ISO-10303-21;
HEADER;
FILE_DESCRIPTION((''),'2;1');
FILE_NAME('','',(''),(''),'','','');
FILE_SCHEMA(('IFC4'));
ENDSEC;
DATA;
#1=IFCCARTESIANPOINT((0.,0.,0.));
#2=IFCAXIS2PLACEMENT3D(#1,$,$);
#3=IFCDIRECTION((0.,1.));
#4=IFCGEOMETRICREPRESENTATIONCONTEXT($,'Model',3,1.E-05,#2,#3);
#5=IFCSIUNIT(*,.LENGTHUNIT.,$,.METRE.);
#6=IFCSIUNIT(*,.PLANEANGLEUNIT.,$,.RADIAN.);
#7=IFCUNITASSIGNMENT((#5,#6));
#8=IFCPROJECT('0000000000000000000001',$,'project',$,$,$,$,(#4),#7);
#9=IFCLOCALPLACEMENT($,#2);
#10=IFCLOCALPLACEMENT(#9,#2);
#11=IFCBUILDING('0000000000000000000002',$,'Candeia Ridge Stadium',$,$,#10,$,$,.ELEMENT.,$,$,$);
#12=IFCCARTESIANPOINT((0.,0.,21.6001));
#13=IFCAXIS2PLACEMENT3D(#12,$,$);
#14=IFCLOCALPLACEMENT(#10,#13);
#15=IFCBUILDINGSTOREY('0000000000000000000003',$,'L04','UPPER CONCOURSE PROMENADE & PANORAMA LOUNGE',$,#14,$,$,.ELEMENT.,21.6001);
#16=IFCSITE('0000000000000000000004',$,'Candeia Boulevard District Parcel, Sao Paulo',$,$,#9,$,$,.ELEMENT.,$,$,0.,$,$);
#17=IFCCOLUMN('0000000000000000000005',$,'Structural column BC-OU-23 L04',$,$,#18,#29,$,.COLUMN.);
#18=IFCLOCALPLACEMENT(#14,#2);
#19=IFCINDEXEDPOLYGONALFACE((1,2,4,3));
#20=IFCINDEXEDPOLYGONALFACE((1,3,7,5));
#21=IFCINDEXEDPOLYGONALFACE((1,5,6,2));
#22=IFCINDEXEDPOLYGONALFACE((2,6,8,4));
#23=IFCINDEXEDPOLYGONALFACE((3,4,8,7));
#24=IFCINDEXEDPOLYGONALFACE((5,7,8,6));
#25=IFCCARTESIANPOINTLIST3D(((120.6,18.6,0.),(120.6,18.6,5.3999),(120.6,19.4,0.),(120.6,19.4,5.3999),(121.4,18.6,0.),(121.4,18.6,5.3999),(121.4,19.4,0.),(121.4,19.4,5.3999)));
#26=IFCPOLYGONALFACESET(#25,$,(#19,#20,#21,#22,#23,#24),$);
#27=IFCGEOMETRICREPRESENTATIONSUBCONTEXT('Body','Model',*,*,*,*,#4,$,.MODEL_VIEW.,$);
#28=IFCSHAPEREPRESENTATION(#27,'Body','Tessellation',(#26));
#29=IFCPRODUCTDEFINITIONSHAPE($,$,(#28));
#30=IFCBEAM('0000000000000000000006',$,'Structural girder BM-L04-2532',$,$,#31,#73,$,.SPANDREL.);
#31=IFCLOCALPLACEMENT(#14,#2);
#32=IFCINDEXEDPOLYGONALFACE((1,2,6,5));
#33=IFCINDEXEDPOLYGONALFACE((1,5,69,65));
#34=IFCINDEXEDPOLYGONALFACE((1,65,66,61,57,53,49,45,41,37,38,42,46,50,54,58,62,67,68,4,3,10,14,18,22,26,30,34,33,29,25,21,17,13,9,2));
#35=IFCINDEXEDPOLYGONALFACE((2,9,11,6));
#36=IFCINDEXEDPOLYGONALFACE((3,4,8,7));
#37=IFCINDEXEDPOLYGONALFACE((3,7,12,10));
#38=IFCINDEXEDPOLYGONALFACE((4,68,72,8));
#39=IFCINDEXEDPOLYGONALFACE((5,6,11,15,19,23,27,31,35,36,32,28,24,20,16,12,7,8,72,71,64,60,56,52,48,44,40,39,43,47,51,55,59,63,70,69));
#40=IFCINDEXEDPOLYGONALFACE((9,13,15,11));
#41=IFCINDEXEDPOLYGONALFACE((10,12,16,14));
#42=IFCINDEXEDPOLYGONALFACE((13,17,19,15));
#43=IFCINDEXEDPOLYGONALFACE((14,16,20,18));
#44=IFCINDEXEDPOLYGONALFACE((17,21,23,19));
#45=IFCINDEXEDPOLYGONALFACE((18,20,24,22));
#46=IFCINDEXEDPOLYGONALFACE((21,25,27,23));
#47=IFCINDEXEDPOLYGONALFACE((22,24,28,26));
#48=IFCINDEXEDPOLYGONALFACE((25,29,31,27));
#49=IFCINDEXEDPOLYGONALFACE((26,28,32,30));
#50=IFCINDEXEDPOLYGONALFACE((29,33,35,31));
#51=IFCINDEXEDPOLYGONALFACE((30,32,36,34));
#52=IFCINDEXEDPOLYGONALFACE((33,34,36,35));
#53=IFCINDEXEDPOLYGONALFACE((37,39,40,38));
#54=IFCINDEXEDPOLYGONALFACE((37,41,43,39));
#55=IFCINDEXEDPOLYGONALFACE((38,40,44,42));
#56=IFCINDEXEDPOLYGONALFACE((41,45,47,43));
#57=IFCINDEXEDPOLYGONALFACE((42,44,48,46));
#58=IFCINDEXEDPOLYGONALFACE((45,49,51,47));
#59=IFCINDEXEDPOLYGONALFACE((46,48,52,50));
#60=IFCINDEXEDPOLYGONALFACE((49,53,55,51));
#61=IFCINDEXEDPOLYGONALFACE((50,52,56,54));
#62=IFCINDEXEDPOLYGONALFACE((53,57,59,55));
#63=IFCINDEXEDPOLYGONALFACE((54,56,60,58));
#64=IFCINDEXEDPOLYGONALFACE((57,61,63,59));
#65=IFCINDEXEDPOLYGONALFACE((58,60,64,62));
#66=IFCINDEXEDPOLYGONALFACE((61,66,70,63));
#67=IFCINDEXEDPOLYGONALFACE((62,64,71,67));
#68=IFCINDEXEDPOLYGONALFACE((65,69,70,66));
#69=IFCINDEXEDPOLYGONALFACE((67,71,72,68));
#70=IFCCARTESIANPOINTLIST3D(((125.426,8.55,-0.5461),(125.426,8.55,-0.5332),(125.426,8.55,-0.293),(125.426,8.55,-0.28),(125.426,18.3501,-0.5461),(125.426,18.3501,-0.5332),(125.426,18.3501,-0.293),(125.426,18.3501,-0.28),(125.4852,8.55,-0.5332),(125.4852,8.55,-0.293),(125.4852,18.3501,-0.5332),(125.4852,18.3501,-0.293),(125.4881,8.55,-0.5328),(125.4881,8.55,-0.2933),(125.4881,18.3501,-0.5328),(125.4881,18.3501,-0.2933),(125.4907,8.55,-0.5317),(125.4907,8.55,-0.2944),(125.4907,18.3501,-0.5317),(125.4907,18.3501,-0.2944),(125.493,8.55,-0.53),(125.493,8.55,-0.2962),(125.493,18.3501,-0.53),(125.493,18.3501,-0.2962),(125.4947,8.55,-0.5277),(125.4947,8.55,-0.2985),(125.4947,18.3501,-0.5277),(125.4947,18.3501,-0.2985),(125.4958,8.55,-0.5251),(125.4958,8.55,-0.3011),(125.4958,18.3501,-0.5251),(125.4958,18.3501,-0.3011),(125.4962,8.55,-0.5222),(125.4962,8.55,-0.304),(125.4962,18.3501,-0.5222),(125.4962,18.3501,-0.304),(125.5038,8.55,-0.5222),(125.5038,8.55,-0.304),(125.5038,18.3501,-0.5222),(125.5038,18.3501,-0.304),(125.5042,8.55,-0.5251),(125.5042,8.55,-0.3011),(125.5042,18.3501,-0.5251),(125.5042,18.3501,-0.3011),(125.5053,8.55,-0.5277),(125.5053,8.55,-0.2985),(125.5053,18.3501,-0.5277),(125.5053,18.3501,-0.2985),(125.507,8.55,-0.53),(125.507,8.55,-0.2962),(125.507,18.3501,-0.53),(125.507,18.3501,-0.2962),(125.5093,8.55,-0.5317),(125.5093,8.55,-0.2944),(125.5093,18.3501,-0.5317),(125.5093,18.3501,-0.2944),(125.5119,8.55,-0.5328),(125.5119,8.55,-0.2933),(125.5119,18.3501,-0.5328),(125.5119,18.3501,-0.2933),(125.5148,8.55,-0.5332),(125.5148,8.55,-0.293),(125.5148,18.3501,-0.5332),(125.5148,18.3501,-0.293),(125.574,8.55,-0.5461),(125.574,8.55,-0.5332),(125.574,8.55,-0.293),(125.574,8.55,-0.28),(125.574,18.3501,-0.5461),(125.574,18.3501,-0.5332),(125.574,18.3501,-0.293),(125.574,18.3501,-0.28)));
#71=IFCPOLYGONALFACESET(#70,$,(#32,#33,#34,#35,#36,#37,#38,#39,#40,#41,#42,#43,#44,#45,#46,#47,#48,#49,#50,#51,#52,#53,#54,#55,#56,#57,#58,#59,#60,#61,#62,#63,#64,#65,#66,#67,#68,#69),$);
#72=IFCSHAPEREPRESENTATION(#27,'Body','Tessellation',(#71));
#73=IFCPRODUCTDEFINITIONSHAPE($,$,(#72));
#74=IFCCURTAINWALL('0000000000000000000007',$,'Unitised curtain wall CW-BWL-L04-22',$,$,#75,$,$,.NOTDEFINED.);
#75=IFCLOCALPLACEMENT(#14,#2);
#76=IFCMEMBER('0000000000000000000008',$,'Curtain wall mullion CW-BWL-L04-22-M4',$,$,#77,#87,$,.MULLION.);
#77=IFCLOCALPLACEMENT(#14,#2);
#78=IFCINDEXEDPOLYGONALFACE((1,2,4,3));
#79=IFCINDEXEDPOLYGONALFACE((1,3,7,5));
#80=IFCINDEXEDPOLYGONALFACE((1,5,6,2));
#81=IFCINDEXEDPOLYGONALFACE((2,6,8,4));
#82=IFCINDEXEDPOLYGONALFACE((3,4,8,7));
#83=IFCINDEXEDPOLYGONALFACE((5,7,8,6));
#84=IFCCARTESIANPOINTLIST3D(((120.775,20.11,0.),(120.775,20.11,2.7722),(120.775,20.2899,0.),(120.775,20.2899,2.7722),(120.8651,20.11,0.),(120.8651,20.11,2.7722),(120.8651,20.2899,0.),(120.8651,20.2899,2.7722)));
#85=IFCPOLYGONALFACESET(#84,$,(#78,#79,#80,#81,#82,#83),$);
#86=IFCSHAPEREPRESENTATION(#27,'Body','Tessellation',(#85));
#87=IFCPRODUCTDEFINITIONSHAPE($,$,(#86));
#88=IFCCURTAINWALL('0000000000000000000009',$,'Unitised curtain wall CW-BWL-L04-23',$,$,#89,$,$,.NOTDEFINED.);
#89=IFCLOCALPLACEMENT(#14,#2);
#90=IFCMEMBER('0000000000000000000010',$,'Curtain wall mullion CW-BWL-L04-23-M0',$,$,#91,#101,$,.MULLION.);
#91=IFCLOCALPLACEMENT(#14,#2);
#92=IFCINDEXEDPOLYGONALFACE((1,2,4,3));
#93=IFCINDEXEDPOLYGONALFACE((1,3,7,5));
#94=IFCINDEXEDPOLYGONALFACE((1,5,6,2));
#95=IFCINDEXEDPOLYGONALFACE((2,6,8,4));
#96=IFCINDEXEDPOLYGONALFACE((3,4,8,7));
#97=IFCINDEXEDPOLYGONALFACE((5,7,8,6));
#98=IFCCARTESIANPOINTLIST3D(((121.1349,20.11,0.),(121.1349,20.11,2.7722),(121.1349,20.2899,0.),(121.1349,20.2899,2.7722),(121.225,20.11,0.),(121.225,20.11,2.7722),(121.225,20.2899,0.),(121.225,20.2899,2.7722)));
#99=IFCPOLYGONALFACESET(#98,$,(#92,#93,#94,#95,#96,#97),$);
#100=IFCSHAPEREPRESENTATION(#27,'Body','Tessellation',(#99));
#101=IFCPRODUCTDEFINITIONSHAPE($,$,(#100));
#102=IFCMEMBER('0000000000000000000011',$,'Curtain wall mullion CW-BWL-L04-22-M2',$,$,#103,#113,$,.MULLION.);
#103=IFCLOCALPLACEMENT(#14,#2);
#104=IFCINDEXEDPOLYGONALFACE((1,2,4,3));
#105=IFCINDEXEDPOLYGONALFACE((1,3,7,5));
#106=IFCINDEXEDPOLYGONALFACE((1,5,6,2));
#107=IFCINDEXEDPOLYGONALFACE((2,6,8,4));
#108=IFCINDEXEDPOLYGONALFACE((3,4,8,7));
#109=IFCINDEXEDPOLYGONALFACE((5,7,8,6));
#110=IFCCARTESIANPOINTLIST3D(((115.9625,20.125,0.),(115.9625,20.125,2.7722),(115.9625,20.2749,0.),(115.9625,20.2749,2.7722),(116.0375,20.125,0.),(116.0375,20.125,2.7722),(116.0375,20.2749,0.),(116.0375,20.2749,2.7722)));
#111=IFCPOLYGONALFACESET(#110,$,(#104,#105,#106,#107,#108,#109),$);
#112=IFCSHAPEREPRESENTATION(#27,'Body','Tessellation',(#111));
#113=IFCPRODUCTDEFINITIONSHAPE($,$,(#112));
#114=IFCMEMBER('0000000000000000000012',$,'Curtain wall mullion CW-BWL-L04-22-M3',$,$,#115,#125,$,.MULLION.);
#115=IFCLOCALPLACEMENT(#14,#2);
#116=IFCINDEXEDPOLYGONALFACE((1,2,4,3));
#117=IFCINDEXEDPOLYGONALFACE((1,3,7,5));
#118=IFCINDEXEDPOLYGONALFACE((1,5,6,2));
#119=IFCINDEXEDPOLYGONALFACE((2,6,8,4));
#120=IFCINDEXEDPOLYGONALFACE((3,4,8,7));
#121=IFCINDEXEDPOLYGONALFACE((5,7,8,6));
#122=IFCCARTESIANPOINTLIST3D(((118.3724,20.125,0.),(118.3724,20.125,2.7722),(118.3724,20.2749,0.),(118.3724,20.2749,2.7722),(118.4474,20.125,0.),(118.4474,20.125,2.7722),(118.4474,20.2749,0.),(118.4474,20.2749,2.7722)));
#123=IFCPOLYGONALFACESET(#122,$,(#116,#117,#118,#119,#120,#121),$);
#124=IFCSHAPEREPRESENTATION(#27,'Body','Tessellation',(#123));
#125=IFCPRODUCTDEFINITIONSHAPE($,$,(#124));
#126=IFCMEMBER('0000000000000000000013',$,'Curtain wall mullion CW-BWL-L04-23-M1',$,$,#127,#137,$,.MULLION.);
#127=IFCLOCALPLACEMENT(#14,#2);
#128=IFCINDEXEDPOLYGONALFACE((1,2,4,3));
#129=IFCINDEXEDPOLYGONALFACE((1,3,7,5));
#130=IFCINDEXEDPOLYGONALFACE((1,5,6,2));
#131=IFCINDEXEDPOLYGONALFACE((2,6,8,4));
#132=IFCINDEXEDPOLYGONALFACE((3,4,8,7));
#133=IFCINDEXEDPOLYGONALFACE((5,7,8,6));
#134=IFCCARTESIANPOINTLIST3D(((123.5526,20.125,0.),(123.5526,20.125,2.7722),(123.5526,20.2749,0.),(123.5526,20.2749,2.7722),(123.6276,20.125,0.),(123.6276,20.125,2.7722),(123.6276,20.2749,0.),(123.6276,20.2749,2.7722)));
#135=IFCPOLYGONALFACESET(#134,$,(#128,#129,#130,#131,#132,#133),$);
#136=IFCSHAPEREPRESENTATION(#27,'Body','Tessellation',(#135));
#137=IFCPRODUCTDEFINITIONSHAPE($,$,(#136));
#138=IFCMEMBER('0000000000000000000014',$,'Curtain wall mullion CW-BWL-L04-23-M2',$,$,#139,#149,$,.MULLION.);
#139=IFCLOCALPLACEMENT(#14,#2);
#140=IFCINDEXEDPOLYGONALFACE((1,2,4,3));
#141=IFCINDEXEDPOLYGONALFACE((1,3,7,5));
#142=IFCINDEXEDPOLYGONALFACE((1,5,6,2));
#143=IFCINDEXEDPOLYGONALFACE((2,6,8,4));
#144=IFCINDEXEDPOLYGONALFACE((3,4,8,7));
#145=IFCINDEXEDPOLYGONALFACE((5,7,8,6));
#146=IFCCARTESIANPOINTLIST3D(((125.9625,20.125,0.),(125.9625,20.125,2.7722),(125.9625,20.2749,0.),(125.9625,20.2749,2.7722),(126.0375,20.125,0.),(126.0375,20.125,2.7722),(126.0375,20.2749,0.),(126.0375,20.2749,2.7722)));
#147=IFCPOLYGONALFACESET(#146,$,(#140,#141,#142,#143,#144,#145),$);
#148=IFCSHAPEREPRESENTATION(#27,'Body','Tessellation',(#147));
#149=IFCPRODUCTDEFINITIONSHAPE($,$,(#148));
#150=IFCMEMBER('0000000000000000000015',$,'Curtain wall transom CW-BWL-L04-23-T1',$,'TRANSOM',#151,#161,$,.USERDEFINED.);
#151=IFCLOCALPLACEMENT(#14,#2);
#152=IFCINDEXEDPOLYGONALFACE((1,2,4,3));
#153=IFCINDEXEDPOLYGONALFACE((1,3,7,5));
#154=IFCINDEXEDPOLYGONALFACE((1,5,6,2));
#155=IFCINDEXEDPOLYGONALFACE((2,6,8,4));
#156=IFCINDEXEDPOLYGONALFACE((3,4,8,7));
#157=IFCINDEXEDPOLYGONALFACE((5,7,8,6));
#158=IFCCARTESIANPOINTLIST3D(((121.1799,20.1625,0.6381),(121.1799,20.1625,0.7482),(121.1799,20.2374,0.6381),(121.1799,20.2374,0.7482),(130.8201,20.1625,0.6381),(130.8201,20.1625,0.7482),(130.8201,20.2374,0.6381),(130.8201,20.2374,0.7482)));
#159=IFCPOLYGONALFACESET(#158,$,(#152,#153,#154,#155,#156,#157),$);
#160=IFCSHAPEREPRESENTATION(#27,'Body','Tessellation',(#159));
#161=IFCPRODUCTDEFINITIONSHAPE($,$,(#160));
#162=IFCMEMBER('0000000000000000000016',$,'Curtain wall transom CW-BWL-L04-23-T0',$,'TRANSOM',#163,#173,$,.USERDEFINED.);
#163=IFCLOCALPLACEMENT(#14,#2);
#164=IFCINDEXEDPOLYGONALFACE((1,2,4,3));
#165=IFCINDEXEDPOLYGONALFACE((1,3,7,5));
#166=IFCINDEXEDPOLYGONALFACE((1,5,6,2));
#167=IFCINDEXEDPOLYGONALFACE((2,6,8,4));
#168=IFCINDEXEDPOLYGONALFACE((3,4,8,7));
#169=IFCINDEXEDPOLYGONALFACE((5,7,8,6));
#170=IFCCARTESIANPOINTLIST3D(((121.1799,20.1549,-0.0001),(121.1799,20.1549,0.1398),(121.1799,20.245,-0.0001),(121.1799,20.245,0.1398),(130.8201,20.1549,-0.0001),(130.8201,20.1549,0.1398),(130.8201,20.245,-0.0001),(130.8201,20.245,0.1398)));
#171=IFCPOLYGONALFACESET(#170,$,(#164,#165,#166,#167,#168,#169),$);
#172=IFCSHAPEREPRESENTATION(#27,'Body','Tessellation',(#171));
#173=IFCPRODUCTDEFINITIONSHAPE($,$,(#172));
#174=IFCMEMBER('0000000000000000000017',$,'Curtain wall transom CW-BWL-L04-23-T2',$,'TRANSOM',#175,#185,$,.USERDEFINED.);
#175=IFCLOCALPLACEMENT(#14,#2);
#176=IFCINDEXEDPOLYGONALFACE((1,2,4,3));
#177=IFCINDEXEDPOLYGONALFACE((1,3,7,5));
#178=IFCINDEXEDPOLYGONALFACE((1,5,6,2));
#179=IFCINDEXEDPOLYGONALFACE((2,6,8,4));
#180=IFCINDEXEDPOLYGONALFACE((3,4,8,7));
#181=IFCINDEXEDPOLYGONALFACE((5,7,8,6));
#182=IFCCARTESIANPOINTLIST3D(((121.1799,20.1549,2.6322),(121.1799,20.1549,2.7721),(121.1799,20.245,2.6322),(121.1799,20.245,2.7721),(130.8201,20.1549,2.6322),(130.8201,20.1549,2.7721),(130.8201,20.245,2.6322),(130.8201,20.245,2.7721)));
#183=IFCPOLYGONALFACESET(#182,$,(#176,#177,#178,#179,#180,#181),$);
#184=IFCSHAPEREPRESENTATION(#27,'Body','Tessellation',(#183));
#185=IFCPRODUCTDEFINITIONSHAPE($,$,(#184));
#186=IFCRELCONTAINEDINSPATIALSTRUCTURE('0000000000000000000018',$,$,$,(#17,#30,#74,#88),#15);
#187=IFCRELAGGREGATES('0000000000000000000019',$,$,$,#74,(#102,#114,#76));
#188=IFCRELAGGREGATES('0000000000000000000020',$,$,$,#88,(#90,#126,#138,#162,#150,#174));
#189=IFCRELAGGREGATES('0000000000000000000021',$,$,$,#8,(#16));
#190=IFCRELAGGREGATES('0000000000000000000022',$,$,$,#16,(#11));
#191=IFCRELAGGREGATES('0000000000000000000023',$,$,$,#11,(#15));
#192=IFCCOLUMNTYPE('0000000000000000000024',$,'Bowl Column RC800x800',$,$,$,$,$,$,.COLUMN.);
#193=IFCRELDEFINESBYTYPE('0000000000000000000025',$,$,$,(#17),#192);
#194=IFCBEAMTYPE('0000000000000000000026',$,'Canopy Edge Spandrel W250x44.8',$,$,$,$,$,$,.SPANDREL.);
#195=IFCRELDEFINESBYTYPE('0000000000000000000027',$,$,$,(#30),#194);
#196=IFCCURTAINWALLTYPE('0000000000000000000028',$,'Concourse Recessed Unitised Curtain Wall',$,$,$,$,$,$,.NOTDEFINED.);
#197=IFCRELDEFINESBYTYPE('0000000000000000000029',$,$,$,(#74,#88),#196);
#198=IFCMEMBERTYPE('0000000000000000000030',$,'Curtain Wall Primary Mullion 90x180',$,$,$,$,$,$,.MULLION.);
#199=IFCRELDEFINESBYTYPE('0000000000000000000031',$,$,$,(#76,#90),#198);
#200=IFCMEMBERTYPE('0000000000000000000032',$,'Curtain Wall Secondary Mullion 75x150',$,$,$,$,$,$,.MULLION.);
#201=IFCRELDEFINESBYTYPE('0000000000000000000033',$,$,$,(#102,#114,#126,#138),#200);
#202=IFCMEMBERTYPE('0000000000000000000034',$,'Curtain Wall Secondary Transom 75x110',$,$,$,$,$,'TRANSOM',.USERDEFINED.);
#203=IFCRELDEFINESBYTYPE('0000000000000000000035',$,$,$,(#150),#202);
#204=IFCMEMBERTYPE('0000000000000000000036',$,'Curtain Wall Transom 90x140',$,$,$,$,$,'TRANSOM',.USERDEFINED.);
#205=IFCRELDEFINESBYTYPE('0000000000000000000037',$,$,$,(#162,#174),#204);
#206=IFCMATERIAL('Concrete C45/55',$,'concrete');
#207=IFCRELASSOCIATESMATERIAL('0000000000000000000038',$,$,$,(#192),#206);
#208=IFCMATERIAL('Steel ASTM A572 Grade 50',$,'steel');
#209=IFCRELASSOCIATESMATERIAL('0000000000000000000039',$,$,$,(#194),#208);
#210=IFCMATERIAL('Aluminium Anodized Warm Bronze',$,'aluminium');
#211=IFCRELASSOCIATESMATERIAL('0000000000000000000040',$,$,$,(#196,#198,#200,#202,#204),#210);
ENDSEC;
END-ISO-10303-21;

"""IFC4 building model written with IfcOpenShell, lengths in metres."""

from ifc_helpers import new_model, si_unit, direction, frame, origin, origin_2d, place, context, subcontext, project, spatial, rectangle, i_section, extrude, material, material_profile, profile_set, type_object, element, aggregate, save


model = new_model("IFC4")

# Units and contexts
model_context = context("Model", 3, precision=1e-05, world=origin(), true_north=direction((0.0, 1.0)))
body_context = subcontext(model_context, "Body", "Model", "MODEL_VIEW")
ifc_project = project(units=[si_unit("LENGTHUNIT", "METRE"), si_unit("PLANEANGLEUNIT", "RADIAN")], contexts=[model_context])

# Site, building, storey
site_placement = place(None, origin())
site = spatial("IfcSite", under=ifc_project, at=site_placement, Name="Candeia Boulevard District Parcel, Sao Paulo", CompositionType="ELEMENT", RefElevation=0.0)
building_placement = place(site_placement, origin())
building = spatial("IfcBuilding", under=site, at=building_placement, Name="Candeia Ridge Stadium", CompositionType="ELEMENT")
storey_placement = place(building_placement, frame((0.0, 0.0, 21.6001)))
storey = spatial("IfcBuildingStorey", under=building, at=storey_placement, Name="L04", Description="UPPER CONCOURSE PROMENADE & PANORAMA LOUNGE", CompositionType="ELEMENT", Elevation=21.6001)

# Column
ifc_material_1 = material(Name="Concrete C45/55", Category="concrete")
ifc_material_profile_1 = material_profile(ifc_material_1, rectangle(XDim=0.8, YDim=0.8, at=origin_2d()), Name="RC800x800", Category="concrete")
ifc_profile_set_1 = profile_set([ifc_material_profile_1], Name="Concrete C45/55")
column_type = type_object("IfcColumnType", Name="Bowl Column RC800x800", PredefinedType="COLUMN", material=ifc_profile_set_1)
column_placement = place(storey_placement, frame((121.0, 19.0, 0.0), z_axis=(0.0, 0.0, 1.0), x_axis=(1.0, 0.0, 0.0)))
element("IfcColumn", 1, at=column_placement, inside=storey, type_object=column_type, Name="Structural column BC-OU-23 L04", PredefinedType="COLUMN", context=body_context, shape_type="SweptSolid", body=[
    extrude(rectangle(XDim=0.8, YDim=0.8, at=origin_2d()), origin(), (0.0, 0.0, 1.0), 5.3999),
])

# Beam
ifc_material_2 = material(Name="Steel ASTM A572 Grade 50", Category="steel")
ifc_material_profile_2 = material_profile(ifc_material_2, i_section(OverallWidth=0.1479, OverallDepth=0.2661, WebThickness=0.0076, FlangeThickness=0.0129, FilletRadius=0.011, at=origin_2d()), Name="W250x44.8", Category="steel")
ifc_profile_set_2 = profile_set([ifc_material_profile_2], Name="Steel ASTM A572 Grade 50")
beam_type_1 = type_object("IfcBeamType", Name="Canopy Edge Spandrel W250x44.8", PredefinedType="SPANDREL", material=ifc_profile_set_2)
beam_1_placement = place(storey_placement, frame((125.5, 8.55, -0.4131), z_axis=(0.0, 1.0, 0.0), x_axis=(-1.0, 0.0, 0.0)))
element("IfcBeam", 2, at=beam_1_placement, inside=storey, type_object=beam_type_1, Name="Structural girder BM-L04-2532", PredefinedType="SPANDREL", context=body_context, shape_type="SweptSolid", body=[
    extrude(i_section(OverallWidth=0.1479, OverallDepth=0.2661, WebThickness=0.0076, FlangeThickness=0.0129, FilletRadius=0.011, at=origin_2d()), origin(), (0.0, 0.0, 1.0), 9.8),
])

# Curtain walls, members
ifc_material_3 = material(Name="Aluminium Anodized Warm Bronze", Category="aluminium")
curtain_wall_type = type_object("IfcCurtainWallType", Name="Concourse Recessed Unitised Curtain Wall", PredefinedType="NOTDEFINED", material=ifc_material_3)
curtain_wall_1_placement = place(storey_placement, origin())
curtain_wall_1 = element("IfcCurtainWall", 3, at=curtain_wall_1_placement, inside=storey, type_object=curtain_wall_type, Name="Unitised curtain wall CW-BWL-L04-22", PredefinedType="NOTDEFINED")
ifc_material_profile_3 = material_profile(ifc_material_3, rectangle(XDim=0.0901, YDim=0.1799, at=origin_2d()), Name="CWM-90x180", Category="aluminium")
ifc_profile_set_3 = profile_set([ifc_material_profile_3], Name="Aluminium Anodized Warm Bronze")
member_type_1 = type_object("IfcMemberType", Name="Curtain Wall Primary Mullion 90x180", PredefinedType="MULLION", material=ifc_profile_set_3)
member_1_placement = place(storey_placement, frame((120.8201, 20.2, 0.0), z_axis=(0.0, 0.0, 1.0), x_axis=(1.0, 0.0, 0.0)))
member_1 = element("IfcMember", 4, at=member_1_placement, type_object=member_type_1, Name="Curtain wall mullion CW-BWL-L04-22-M4", PredefinedType="MULLION", context=body_context, shape_type="SweptSolid", body=[
    extrude(rectangle(XDim=0.0901, YDim=0.1799, at=origin_2d()), origin(), (0.0, 0.0, 1.0), 2.7722),
])
curtain_wall_2_placement = place(storey_placement, origin())
curtain_wall_2 = element("IfcCurtainWall", 5, at=curtain_wall_2_placement, inside=storey, type_object=curtain_wall_type, Name="Unitised curtain wall CW-BWL-L04-23", PredefinedType="NOTDEFINED")
member_2_placement = place(storey_placement, frame((121.1799, 20.2, 0.0), z_axis=(0.0, 0.0, 1.0), x_axis=(1.0, 0.0, 0.0)))
member_2 = element("IfcMember", 6, at=member_2_placement, type_object=member_type_1, Name="Curtain wall mullion CW-BWL-L04-23-M0", PredefinedType="MULLION", context=body_context, shape_type="SweptSolid", body=[
    extrude(rectangle(XDim=0.0901, YDim=0.1799, at=origin_2d()), origin(), (0.0, 0.0, 1.0), 2.7722),
])

# Members
ifc_material_profile_4 = material_profile(ifc_material_3, rectangle(XDim=0.075, YDim=0.1499, at=origin_2d()), Name="CWM-75x150", Category="aluminium")
ifc_profile_set_4 = profile_set([ifc_material_profile_4], Name="Aluminium Anodized Warm Bronze")
member_type_2 = type_object("IfcMemberType", Name="Curtain Wall Secondary Mullion 75x150", PredefinedType="MULLION", material=ifc_profile_set_4)
member_3_placement = place(storey_placement, frame((116.0, 20.2, 0.0), z_axis=(0.0, 0.0, 1.0), x_axis=(1.0, 0.0, 0.0)))
member_3 = element("IfcMember", 7, at=member_3_placement, type_object=member_type_2, Name="Curtain wall mullion CW-BWL-L04-22-M2", PredefinedType="MULLION", context=body_context, shape_type="SweptSolid", body=[
    extrude(rectangle(XDim=0.075, YDim=0.1499, at=origin_2d()), origin(), (0.0, 0.0, 1.0), 2.7722),
])
member_4_placement = place(storey_placement, frame((118.4099, 20.2, 0.0), z_axis=(0.0, 0.0, 1.0), x_axis=(1.0, 0.0, 0.0)))
member_4 = element("IfcMember", 8, at=member_4_placement, type_object=member_type_2, Name="Curtain wall mullion CW-BWL-L04-22-M3", PredefinedType="MULLION", context=body_context, shape_type="SweptSolid", body=[
    extrude(rectangle(XDim=0.075, YDim=0.1499, at=origin_2d()), origin(), (0.0, 0.0, 1.0), 2.7722),
])
member_5_placement = place(storey_placement, frame((123.5901, 20.2, 0.0), z_axis=(0.0, 0.0, 1.0), x_axis=(1.0, 0.0, 0.0)))
member_5 = element("IfcMember", 9, at=member_5_placement, type_object=member_type_2, Name="Curtain wall mullion CW-BWL-L04-23-M1", PredefinedType="MULLION", context=body_context, shape_type="SweptSolid", body=[
    extrude(rectangle(XDim=0.075, YDim=0.1499, at=origin_2d()), origin(), (0.0, 0.0, 1.0), 2.7722),
])
member_6_placement = place(storey_placement, frame((126.0, 20.2, 0.0), z_axis=(0.0, 0.0, 1.0), x_axis=(1.0, 0.0, 0.0)))
member_6 = element("IfcMember", 10, at=member_6_placement, type_object=member_type_2, Name="Curtain wall mullion CW-BWL-L04-23-M2", PredefinedType="MULLION", context=body_context, shape_type="SweptSolid", body=[
    extrude(rectangle(XDim=0.075, YDim=0.1499, at=origin_2d()), origin(), (0.0, 0.0, 1.0), 2.7722),
])
ifc_material_profile_5 = material_profile(ifc_material_3, rectangle(XDim=0.075, YDim=0.1101, at=origin_2d()), Name="CWT-75x110", Category="aluminium")
ifc_profile_set_5 = profile_set([ifc_material_profile_5], Name="Aluminium Anodized Warm Bronze")
member_type_3 = type_object("IfcMemberType", Name="Curtain Wall Secondary Transom 75x110", ElementType="TRANSOM", PredefinedType="USERDEFINED", material=ifc_profile_set_5)
member_7_placement = place(storey_placement, frame((121.1799, 20.2, 0.6931), z_axis=(1.0, 0.0, 0.0), x_axis=(0.0, 1.0, 0.0)))
member_7 = element("IfcMember", 11, at=member_7_placement, type_object=member_type_3, Name="Curtain wall transom CW-BWL-L04-23-T1", ObjectType="TRANSOM", PredefinedType="USERDEFINED", context=body_context, shape_type="SweptSolid", body=[
    extrude(rectangle(XDim=0.075, YDim=0.1101, at=origin_2d()), origin(), (0.0, 0.0, 1.0), 9.6401),
])
ifc_material_profile_6 = material_profile(ifc_material_3, rectangle(XDim=0.0901, YDim=0.1399, at=origin_2d()), Name="CWT-90x140", Category="aluminium")
ifc_profile_set_6 = profile_set([ifc_material_profile_6], Name="Aluminium Anodized Warm Bronze")
member_type_4 = type_object("IfcMemberType", Name="Curtain Wall Transom 90x140", ElementType="TRANSOM", PredefinedType="USERDEFINED", material=ifc_profile_set_6)
member_8_placement = place(storey_placement, frame((121.1799, 20.2, 0.0698), z_axis=(1.0, 0.0, 0.0), x_axis=(0.0, 1.0, 0.0)))
member_8 = element("IfcMember", 12, at=member_8_placement, type_object=member_type_4, Name="Curtain wall transom CW-BWL-L04-23-T0", ObjectType="TRANSOM", PredefinedType="USERDEFINED", context=body_context, shape_type="SweptSolid", body=[
    extrude(rectangle(XDim=0.0901, YDim=0.1399, at=origin_2d()), origin(), (0.0, 0.0, 1.0), 9.6401),
])
member_9_placement = place(storey_placement, frame((121.1799, 20.2, 2.7021), z_axis=(1.0, 0.0, 0.0), x_axis=(0.0, 1.0, 0.0)))
member_9 = element("IfcMember", 13, at=member_9_placement, type_object=member_type_4, Name="Curtain wall transom CW-BWL-L04-23-T2", ObjectType="TRANSOM", PredefinedType="USERDEFINED", context=body_context, shape_type="SweptSolid", body=[
    extrude(rectangle(XDim=0.0901, YDim=0.1399, at=origin_2d()), origin(), (0.0, 0.0, 1.0), 9.6401),
])

aggregate(curtain_wall_1, [member_3, member_4, member_1])
aggregate(curtain_wall_2, [member_2, member_5, member_6, member_8, member_7, member_9])

save(model, "model.ifc")
